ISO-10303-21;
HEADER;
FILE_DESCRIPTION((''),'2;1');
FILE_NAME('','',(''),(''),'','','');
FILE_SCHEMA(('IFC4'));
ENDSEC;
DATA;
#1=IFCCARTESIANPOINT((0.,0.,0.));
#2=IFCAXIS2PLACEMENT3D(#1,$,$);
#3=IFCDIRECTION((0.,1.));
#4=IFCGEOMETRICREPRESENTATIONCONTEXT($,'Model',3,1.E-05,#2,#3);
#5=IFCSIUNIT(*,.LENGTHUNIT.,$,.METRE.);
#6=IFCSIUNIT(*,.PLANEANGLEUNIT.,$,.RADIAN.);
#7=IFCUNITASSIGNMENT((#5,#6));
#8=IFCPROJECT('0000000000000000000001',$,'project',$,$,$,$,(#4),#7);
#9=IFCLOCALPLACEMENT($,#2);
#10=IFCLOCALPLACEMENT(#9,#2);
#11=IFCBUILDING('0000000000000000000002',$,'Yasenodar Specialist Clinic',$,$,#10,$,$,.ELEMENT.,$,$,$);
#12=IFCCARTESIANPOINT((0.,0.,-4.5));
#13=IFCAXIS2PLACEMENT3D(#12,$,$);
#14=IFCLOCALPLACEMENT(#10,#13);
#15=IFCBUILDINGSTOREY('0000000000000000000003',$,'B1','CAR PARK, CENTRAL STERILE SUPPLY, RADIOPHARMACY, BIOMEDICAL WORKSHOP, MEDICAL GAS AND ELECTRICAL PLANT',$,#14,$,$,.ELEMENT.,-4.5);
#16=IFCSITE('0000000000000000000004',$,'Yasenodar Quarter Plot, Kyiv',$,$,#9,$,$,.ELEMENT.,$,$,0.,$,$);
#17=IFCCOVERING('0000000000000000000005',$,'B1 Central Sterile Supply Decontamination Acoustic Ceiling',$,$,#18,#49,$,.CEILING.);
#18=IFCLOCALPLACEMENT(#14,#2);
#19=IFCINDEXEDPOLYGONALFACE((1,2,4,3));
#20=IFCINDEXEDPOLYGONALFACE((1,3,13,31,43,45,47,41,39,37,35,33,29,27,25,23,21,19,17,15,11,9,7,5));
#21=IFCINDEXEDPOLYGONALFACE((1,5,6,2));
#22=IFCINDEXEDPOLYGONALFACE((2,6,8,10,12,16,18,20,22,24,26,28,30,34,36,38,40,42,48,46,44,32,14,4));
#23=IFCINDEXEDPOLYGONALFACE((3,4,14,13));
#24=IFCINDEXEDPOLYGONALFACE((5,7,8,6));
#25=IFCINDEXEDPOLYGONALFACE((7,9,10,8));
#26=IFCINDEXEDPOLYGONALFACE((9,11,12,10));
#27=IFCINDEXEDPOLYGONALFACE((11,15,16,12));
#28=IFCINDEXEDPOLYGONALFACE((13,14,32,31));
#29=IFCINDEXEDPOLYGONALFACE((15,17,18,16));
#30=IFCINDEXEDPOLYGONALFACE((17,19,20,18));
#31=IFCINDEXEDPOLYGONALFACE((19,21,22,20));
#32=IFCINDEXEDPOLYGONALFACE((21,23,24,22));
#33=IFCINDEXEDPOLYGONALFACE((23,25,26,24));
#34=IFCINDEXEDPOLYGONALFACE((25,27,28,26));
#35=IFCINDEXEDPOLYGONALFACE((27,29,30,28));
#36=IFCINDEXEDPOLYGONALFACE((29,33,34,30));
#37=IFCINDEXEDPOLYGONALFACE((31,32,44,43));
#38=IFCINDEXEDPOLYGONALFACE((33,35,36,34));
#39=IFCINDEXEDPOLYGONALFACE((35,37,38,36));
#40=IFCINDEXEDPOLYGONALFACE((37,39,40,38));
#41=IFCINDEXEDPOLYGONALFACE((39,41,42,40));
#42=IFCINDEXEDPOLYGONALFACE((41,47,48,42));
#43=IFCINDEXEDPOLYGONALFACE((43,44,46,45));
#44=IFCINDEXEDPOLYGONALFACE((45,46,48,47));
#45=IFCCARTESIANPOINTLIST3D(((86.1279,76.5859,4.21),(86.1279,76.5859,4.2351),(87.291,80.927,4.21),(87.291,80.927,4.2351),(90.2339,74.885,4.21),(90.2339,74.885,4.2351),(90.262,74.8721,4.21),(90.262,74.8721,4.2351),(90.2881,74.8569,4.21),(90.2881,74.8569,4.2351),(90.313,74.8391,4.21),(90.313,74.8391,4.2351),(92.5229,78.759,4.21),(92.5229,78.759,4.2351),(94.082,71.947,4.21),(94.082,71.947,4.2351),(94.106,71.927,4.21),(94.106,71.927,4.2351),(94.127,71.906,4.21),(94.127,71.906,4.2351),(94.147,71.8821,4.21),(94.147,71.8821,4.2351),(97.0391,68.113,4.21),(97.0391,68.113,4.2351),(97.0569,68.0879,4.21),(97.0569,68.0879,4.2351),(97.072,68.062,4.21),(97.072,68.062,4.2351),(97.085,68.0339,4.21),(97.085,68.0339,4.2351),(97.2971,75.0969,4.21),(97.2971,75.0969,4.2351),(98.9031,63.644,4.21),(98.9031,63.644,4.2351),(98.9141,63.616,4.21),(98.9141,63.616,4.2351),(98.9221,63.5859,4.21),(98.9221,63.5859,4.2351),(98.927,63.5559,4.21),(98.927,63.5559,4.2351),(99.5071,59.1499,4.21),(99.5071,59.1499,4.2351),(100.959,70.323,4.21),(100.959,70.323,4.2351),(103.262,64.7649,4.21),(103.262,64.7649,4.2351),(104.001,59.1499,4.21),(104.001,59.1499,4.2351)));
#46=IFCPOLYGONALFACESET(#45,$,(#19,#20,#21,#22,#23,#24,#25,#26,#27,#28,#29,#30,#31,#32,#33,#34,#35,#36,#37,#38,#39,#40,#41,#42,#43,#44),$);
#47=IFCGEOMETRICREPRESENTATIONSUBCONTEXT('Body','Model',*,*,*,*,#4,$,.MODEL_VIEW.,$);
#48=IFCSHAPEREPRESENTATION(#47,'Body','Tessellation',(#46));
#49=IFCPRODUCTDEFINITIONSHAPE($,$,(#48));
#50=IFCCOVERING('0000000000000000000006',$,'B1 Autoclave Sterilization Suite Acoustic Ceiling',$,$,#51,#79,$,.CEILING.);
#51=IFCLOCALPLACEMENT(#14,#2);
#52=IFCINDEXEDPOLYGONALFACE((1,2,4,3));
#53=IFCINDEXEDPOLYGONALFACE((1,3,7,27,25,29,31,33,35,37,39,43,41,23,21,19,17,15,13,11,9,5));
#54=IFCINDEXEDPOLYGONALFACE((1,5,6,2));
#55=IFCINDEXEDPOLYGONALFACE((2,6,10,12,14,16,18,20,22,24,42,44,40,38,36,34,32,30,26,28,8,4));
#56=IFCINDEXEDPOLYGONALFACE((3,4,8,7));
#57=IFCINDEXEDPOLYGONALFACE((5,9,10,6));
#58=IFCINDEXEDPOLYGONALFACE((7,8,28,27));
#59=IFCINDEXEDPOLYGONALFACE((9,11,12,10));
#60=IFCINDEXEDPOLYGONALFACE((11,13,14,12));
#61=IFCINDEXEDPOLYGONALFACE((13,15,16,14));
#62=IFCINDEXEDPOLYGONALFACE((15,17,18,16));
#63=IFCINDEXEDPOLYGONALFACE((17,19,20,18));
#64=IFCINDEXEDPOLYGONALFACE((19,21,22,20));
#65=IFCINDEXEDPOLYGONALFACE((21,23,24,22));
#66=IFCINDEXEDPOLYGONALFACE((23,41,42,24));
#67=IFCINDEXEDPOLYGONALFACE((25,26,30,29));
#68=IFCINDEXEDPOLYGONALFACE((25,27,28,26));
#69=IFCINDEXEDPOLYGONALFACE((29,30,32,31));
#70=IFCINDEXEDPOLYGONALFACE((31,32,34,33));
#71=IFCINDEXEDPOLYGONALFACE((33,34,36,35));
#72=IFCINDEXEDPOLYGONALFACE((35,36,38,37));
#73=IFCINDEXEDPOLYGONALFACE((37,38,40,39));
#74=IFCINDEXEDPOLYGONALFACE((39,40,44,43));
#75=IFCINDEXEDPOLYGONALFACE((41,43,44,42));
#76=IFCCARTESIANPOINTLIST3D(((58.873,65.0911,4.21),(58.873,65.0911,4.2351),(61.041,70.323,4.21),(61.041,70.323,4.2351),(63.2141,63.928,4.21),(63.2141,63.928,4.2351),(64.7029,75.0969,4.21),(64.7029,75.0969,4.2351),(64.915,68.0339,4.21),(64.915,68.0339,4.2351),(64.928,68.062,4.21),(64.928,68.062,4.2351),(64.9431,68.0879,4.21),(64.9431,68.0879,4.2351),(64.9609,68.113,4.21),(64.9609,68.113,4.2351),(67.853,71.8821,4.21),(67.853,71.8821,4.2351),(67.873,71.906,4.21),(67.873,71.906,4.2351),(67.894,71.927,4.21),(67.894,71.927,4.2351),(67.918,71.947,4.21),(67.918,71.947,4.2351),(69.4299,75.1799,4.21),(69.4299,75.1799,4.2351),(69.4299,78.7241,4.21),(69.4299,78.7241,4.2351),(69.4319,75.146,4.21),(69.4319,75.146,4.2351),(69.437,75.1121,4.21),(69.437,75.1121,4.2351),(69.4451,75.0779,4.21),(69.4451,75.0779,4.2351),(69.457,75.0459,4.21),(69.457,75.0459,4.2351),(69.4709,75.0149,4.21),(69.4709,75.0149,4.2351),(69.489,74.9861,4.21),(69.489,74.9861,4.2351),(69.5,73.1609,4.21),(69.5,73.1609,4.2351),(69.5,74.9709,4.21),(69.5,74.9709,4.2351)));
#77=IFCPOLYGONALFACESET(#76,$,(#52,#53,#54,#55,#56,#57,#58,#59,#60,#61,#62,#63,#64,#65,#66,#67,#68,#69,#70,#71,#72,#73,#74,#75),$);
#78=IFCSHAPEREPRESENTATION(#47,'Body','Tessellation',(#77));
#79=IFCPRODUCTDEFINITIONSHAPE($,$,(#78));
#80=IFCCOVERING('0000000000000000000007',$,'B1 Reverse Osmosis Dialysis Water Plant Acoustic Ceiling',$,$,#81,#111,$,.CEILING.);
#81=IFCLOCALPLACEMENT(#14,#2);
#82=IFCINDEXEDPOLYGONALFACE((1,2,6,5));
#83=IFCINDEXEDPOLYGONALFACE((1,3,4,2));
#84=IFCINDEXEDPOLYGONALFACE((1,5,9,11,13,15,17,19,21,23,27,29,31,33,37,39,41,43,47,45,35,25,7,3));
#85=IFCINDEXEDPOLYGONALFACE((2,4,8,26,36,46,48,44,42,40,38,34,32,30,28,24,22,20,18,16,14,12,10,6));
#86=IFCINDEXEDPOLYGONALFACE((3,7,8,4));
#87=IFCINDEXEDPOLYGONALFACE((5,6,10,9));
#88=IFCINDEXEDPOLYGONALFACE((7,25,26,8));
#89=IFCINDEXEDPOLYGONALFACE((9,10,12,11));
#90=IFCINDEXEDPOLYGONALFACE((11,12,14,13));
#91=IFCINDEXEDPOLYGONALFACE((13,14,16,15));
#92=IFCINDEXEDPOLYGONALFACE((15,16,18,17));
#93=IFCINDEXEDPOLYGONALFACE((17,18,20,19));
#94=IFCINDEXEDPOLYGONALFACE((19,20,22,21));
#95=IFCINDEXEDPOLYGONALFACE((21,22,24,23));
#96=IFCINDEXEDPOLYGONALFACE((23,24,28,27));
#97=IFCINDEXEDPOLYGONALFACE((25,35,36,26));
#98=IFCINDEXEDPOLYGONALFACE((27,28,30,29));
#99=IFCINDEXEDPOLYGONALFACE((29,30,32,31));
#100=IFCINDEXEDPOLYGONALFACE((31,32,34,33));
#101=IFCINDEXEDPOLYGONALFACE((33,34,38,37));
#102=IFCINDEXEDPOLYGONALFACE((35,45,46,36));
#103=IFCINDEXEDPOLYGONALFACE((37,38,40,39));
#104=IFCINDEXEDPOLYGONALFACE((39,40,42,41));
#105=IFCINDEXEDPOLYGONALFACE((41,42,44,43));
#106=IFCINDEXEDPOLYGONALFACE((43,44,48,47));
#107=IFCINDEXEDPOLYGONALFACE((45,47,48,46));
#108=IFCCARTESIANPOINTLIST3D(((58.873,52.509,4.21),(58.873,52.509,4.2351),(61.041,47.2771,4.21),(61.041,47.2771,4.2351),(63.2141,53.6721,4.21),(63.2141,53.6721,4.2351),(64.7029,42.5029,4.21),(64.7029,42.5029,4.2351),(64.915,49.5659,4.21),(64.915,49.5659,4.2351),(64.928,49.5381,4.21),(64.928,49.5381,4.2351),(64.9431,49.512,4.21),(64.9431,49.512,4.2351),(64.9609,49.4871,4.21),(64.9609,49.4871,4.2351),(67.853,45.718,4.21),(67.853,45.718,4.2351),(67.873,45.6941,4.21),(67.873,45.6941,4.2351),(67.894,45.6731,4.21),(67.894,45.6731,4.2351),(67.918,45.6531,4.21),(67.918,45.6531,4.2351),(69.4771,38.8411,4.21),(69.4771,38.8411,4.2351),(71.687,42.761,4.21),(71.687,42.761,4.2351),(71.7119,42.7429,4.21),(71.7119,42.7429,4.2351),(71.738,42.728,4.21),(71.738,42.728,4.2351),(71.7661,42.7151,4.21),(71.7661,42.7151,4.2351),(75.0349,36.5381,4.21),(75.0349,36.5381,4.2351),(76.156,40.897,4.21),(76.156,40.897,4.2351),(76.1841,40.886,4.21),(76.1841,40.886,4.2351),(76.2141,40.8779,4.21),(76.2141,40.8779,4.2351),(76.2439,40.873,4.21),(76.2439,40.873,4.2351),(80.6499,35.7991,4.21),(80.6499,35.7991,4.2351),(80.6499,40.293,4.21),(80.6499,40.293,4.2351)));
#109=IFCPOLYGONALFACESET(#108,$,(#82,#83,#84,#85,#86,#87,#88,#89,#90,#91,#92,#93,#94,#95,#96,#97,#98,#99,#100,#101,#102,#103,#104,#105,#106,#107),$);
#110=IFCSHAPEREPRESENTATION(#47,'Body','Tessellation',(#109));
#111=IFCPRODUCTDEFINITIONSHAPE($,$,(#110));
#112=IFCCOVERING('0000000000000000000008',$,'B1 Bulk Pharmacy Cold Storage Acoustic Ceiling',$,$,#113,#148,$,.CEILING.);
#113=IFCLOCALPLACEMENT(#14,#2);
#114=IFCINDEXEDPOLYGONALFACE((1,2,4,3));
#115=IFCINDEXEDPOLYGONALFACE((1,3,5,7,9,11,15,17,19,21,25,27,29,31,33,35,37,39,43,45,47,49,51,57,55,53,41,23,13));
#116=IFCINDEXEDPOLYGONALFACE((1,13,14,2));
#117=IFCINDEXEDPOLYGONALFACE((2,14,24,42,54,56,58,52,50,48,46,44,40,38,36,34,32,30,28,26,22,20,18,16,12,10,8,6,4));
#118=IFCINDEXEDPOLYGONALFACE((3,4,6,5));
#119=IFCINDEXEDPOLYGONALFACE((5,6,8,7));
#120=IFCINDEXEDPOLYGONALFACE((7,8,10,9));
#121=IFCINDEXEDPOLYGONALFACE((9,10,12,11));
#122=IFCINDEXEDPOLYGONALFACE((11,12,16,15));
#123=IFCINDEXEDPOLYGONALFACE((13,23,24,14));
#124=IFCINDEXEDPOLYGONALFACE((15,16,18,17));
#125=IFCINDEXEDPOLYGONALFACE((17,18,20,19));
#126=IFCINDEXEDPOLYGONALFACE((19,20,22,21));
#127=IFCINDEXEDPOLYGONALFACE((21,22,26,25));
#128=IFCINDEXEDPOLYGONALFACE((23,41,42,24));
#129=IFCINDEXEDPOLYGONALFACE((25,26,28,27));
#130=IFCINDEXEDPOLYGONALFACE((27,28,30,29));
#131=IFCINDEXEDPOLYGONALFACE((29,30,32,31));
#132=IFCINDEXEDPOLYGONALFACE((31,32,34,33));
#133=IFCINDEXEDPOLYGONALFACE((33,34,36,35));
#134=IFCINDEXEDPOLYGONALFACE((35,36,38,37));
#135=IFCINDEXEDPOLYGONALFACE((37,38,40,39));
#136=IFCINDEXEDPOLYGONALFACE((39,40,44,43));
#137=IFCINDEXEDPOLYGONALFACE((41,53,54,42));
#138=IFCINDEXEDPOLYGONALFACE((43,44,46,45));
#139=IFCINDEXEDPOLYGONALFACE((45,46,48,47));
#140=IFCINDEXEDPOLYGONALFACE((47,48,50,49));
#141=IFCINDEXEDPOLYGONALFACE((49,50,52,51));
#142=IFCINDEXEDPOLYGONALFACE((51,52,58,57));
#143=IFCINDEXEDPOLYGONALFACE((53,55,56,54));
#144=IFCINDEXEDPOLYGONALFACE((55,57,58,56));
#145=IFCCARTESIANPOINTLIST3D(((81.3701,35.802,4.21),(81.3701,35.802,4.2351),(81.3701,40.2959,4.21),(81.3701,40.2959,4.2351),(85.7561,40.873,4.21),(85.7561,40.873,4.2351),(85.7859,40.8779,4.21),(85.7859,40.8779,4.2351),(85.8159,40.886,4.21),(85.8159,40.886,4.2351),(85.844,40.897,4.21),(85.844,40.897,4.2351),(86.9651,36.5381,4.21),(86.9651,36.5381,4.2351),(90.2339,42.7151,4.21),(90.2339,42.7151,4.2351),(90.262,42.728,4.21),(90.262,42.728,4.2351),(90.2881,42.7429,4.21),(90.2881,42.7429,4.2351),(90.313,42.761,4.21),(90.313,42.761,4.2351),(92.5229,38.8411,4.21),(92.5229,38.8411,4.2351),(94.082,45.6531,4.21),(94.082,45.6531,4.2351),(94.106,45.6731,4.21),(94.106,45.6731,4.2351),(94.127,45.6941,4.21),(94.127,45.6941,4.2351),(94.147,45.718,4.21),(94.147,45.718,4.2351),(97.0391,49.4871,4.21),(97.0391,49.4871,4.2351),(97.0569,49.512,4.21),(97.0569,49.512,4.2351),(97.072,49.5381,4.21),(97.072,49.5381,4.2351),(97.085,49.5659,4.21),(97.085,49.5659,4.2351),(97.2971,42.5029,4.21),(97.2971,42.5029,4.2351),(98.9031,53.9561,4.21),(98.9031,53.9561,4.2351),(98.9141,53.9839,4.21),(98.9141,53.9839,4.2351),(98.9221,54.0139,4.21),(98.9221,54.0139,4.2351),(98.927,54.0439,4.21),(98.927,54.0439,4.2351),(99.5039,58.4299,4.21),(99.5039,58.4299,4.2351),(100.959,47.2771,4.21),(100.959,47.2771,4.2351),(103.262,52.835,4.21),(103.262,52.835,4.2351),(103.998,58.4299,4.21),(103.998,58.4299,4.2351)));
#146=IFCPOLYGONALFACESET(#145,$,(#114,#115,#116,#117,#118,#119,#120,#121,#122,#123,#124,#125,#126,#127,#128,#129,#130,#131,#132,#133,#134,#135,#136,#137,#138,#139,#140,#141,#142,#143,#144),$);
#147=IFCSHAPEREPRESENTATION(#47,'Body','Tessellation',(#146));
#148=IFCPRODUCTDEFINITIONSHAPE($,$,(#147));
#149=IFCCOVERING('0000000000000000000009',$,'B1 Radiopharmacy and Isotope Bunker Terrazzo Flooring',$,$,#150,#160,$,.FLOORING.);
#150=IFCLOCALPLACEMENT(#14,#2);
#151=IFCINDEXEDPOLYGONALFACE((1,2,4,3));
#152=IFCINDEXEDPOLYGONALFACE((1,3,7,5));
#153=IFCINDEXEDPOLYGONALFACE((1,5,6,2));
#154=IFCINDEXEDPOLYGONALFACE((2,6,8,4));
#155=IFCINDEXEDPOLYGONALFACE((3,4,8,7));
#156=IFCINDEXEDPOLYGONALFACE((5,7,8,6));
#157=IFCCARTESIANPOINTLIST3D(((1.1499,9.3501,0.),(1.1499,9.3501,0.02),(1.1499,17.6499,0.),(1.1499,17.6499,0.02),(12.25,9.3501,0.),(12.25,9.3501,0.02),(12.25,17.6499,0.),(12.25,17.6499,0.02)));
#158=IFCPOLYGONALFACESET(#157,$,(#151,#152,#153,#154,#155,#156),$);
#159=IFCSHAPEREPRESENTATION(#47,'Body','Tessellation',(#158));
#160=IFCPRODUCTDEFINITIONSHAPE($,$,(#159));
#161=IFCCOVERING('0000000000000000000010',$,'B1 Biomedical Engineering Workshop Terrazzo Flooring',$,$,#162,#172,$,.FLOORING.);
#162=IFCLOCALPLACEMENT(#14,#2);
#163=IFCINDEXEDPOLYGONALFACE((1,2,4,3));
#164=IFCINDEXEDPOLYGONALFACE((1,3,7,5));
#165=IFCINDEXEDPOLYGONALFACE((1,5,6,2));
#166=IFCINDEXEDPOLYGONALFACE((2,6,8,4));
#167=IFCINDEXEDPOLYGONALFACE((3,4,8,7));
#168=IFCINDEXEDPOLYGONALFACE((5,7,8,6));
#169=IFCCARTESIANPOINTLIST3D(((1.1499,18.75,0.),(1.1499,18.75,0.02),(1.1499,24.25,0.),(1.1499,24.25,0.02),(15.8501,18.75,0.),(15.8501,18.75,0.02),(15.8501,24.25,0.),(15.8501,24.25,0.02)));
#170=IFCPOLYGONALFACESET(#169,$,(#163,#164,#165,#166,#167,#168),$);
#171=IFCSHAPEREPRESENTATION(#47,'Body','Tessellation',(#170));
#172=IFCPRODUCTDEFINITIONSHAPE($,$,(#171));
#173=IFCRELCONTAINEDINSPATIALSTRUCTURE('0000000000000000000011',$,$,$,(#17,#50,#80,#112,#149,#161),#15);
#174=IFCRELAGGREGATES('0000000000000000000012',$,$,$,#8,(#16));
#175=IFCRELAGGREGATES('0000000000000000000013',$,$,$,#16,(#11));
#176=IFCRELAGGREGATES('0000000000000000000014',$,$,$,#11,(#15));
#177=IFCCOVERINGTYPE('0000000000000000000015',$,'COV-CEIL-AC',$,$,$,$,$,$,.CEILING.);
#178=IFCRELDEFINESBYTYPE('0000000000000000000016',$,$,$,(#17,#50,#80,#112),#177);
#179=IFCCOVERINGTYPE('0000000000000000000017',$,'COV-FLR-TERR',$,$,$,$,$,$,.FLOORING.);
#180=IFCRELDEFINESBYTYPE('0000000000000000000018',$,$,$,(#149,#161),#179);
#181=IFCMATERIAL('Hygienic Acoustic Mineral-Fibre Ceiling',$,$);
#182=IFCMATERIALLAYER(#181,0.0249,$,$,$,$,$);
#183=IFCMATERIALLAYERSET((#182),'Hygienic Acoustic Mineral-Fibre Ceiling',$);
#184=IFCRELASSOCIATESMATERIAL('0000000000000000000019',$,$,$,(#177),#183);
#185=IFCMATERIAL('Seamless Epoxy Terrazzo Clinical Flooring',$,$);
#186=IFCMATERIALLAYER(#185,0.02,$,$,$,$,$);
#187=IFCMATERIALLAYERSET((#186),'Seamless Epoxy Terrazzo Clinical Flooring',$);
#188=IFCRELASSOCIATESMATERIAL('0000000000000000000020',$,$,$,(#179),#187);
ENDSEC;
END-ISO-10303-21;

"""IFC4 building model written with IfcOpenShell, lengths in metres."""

from ifc_helpers import new_model, si_unit, direction, frame, origin, place, context, subcontext, project, spatial, polyline, outline, extrude, material, layer, layer_set, type_object, element, save


model = new_model("IFC4")

# Units and contexts
model_context = context("Model", 3, precision=1e-05, world=origin(), true_north=direction((0.0, 1.0)))
body_context = subcontext(model_context, "Body", "Model", "MODEL_VIEW")
ifc_project = project(units=[si_unit("LENGTHUNIT", "METRE"), si_unit("PLANEANGLEUNIT", "RADIAN")], contexts=[model_context])

# Site, building, storey
site_placement = place(None, origin())
site = spatial("IfcSite", under=ifc_project, at=site_placement, Name="Yasenodar Quarter Plot, Kyiv", CompositionType="ELEMENT", RefElevation=0.0)
building_placement = place(site_placement, origin())
building = spatial("IfcBuilding", under=site, at=building_placement, Name="Yasenodar Specialist Clinic", CompositionType="ELEMENT")
storey_placement = place(building_placement, frame((0.0, 0.0, -4.5)))
storey = spatial("IfcBuildingStorey", under=building, at=storey_placement, Name="B1", Description="CAR PARK, CENTRAL STERILE SUPPLY, RADIOPHARMACY, BIOMEDICAL WORKSHOP, MEDICAL GAS AND ELECTRICAL PLANT", CompositionType="ELEMENT", Elevation=-4.5)

# Coverings
ifc_material_1 = material(Name="Hygienic Acoustic Mineral-Fibre Ceiling")
ifc_layer_1 = layer(ifc_material_1, 0.0249)
ifc_layer_set_1 = layer_set([ifc_layer_1], Name="Hygienic Acoustic Mineral-Fibre Ceiling")
covering_type_1 = type_object("IfcCoveringType", Name="COV-CEIL-AC", PredefinedType="CEILING", material=ifc_layer_set_1)
covering_1_placement = place(storey_placement, frame((0.0, 0.0, 4.21)))
element("IfcCovering", 1, at=covering_1_placement, inside=storey, type_object=covering_type_1, Name="B1 Central Sterile Supply Decontamination Acoustic Ceiling", PredefinedType="CEILING", context=body_context, shape_type="SweptSolid", body=[
    extrude(outline(polyline([(98.9221, 63.5859), (98.9141, 63.616), (98.9031, 63.644), (97.085, 68.0339), (97.072, 68.062), (97.0569, 68.0879), (97.0391, 68.113), (94.147, 71.8821), (94.127, 71.906), (94.106, 71.927), (94.082, 71.947), (90.313, 74.8391), (90.2881, 74.8569), (90.262, 74.8721), (90.2339, 74.885), (86.1279, 76.5859), (87.291, 80.927), (92.5229, 78.759), (97.2971, 75.0969), (100.959, 70.323), (103.262, 64.7649), (104.001, 59.1499), (99.5071, 59.1499), (98.927, 63.5559), (98.9221, 63.5859)])), origin(), (0.0, 0.0, 1.0), 0.0251),
])
covering_2_placement = place(storey_placement, frame((0.0, 0.0, 4.21)))
element("IfcCovering", 2, at=covering_2_placement, inside=storey, type_object=covering_type_1, Name="B1 Autoclave Sterilization Suite Acoustic Ceiling", PredefinedType="CEILING", context=body_context, shape_type="SweptSolid", body=[
    extrude(outline(polyline([(67.873, 71.906), (67.853, 71.8821), (64.9609, 68.113), (64.9431, 68.0879), (64.928, 68.062), (64.915, 68.0339), (63.2141, 63.928), (58.873, 65.0911), (61.041, 70.323), (64.7029, 75.0969), (69.4299, 78.7241), (69.4299, 75.1799), (69.4319, 75.146), (69.437, 75.1121), (69.4451, 75.0779), (69.457, 75.0459), (69.4709, 75.0149), (69.489, 74.9861), (69.5, 74.9709), (69.5, 73.1609), (67.918, 71.947), (67.894, 71.927), (67.873, 71.906)])), origin(), (0.0, 0.0, 1.0), 0.0251),
])
covering_3_placement = place(storey_placement, frame((0.0, 0.0, 4.21)))
element("IfcCovering", 3, at=covering_3_placement, inside=storey, type_object=covering_type_1, Name="B1 Reverse Osmosis Dialysis Water Plant Acoustic Ceiling", PredefinedType="CEILING", context=body_context, shape_type="SweptSolid", body=[
    extrude(outline(polyline([(64.928, 49.5381), (64.9431, 49.512), (64.9609, 49.4871), (67.853, 45.718), (67.873, 45.6941), (67.894, 45.6731), (67.918, 45.6531), (71.687, 42.761), (71.7119, 42.7429), (71.738, 42.728), (71.7661, 42.7151), (76.156, 40.897), (76.1841, 40.886), (76.2141, 40.8779), (76.2439, 40.873), (80.6499, 40.293), (80.6499, 35.7991), (75.0349, 36.5381), (69.4771, 38.8411), (64.7029, 42.5029), (61.041, 47.2771), (58.873, 52.509), (63.2141, 53.6721), (64.915, 49.5659), (64.928, 49.5381)])), origin(), (0.0, 0.0, 1.0), 0.0251),
])
covering_4_placement = place(storey_placement, frame((0.0, 0.0, 4.21)))
element("IfcCovering", 4, at=covering_4_placement, inside=storey, type_object=covering_type_1, Name="B1 Bulk Pharmacy Cold Storage Acoustic Ceiling", PredefinedType="CEILING", context=body_context, shape_type="SweptSolid", body=[
    extrude(outline(polyline([(97.2971, 42.5029), (92.5229, 38.8411), (86.9651, 36.5381), (81.3701, 35.802), (81.3701, 40.2959), (85.7561, 40.873), (85.7859, 40.8779), (85.8159, 40.886), (85.844, 40.897), (90.2339, 42.7151), (90.262, 42.728), (90.2881, 42.7429), (90.313, 42.761), (94.082, 45.6531), (94.106, 45.6731), (94.127, 45.6941), (94.147, 45.718), (97.0391, 49.4871), (97.0569, 49.512), (97.072, 49.5381), (97.085, 49.5659), (98.9031, 53.9561), (98.9141, 53.9839), (98.9221, 54.0139), (98.927, 54.0439), (99.5039, 58.4299), (103.998, 58.4299), (103.262, 52.835), (100.959, 47.2771), (97.2971, 42.5029)])), origin(), (0.0, 0.0, 1.0), 0.0251),
])
ifc_material_2 = material(Name="Seamless Epoxy Terrazzo Clinical Flooring")
ifc_layer_2 = layer(ifc_material_2, 0.02)
ifc_layer_set_2 = layer_set([ifc_layer_2], Name="Seamless Epoxy Terrazzo Clinical Flooring")
covering_type_2 = type_object("IfcCoveringType", Name="COV-FLR-TERR", PredefinedType="FLOORING", material=ifc_layer_set_2)
covering_5_placement = place(storey_placement, origin())
element("IfcCovering", 5, at=covering_5_placement, inside=storey, type_object=covering_type_2, Name="B1 Radiopharmacy and Isotope Bunker Terrazzo Flooring", PredefinedType="FLOORING", context=body_context, shape_type="SweptSolid", body=[
    extrude(outline(polyline([(12.25, 9.3501), (1.1499, 9.3501), (1.1499, 17.6499), (12.25, 17.6499), (12.25, 9.3501)])), origin(), (0.0, 0.0, 1.0), 0.02),
])
covering_6_placement = place(storey_placement, origin())
element("IfcCovering", 6, at=covering_6_placement, inside=storey, type_object=covering_type_2, Name="B1 Biomedical Engineering Workshop Terrazzo Flooring", PredefinedType="FLOORING", context=body_context, shape_type="SweptSolid", body=[
    extrude(outline(polyline([(15.8501, 18.75), (1.1499, 18.75), (1.1499, 24.25), (15.8501, 24.25), (15.8501, 18.75)])), origin(), (0.0, 0.0, 1.0), 0.02),
])

save(model, "model.ifc")
